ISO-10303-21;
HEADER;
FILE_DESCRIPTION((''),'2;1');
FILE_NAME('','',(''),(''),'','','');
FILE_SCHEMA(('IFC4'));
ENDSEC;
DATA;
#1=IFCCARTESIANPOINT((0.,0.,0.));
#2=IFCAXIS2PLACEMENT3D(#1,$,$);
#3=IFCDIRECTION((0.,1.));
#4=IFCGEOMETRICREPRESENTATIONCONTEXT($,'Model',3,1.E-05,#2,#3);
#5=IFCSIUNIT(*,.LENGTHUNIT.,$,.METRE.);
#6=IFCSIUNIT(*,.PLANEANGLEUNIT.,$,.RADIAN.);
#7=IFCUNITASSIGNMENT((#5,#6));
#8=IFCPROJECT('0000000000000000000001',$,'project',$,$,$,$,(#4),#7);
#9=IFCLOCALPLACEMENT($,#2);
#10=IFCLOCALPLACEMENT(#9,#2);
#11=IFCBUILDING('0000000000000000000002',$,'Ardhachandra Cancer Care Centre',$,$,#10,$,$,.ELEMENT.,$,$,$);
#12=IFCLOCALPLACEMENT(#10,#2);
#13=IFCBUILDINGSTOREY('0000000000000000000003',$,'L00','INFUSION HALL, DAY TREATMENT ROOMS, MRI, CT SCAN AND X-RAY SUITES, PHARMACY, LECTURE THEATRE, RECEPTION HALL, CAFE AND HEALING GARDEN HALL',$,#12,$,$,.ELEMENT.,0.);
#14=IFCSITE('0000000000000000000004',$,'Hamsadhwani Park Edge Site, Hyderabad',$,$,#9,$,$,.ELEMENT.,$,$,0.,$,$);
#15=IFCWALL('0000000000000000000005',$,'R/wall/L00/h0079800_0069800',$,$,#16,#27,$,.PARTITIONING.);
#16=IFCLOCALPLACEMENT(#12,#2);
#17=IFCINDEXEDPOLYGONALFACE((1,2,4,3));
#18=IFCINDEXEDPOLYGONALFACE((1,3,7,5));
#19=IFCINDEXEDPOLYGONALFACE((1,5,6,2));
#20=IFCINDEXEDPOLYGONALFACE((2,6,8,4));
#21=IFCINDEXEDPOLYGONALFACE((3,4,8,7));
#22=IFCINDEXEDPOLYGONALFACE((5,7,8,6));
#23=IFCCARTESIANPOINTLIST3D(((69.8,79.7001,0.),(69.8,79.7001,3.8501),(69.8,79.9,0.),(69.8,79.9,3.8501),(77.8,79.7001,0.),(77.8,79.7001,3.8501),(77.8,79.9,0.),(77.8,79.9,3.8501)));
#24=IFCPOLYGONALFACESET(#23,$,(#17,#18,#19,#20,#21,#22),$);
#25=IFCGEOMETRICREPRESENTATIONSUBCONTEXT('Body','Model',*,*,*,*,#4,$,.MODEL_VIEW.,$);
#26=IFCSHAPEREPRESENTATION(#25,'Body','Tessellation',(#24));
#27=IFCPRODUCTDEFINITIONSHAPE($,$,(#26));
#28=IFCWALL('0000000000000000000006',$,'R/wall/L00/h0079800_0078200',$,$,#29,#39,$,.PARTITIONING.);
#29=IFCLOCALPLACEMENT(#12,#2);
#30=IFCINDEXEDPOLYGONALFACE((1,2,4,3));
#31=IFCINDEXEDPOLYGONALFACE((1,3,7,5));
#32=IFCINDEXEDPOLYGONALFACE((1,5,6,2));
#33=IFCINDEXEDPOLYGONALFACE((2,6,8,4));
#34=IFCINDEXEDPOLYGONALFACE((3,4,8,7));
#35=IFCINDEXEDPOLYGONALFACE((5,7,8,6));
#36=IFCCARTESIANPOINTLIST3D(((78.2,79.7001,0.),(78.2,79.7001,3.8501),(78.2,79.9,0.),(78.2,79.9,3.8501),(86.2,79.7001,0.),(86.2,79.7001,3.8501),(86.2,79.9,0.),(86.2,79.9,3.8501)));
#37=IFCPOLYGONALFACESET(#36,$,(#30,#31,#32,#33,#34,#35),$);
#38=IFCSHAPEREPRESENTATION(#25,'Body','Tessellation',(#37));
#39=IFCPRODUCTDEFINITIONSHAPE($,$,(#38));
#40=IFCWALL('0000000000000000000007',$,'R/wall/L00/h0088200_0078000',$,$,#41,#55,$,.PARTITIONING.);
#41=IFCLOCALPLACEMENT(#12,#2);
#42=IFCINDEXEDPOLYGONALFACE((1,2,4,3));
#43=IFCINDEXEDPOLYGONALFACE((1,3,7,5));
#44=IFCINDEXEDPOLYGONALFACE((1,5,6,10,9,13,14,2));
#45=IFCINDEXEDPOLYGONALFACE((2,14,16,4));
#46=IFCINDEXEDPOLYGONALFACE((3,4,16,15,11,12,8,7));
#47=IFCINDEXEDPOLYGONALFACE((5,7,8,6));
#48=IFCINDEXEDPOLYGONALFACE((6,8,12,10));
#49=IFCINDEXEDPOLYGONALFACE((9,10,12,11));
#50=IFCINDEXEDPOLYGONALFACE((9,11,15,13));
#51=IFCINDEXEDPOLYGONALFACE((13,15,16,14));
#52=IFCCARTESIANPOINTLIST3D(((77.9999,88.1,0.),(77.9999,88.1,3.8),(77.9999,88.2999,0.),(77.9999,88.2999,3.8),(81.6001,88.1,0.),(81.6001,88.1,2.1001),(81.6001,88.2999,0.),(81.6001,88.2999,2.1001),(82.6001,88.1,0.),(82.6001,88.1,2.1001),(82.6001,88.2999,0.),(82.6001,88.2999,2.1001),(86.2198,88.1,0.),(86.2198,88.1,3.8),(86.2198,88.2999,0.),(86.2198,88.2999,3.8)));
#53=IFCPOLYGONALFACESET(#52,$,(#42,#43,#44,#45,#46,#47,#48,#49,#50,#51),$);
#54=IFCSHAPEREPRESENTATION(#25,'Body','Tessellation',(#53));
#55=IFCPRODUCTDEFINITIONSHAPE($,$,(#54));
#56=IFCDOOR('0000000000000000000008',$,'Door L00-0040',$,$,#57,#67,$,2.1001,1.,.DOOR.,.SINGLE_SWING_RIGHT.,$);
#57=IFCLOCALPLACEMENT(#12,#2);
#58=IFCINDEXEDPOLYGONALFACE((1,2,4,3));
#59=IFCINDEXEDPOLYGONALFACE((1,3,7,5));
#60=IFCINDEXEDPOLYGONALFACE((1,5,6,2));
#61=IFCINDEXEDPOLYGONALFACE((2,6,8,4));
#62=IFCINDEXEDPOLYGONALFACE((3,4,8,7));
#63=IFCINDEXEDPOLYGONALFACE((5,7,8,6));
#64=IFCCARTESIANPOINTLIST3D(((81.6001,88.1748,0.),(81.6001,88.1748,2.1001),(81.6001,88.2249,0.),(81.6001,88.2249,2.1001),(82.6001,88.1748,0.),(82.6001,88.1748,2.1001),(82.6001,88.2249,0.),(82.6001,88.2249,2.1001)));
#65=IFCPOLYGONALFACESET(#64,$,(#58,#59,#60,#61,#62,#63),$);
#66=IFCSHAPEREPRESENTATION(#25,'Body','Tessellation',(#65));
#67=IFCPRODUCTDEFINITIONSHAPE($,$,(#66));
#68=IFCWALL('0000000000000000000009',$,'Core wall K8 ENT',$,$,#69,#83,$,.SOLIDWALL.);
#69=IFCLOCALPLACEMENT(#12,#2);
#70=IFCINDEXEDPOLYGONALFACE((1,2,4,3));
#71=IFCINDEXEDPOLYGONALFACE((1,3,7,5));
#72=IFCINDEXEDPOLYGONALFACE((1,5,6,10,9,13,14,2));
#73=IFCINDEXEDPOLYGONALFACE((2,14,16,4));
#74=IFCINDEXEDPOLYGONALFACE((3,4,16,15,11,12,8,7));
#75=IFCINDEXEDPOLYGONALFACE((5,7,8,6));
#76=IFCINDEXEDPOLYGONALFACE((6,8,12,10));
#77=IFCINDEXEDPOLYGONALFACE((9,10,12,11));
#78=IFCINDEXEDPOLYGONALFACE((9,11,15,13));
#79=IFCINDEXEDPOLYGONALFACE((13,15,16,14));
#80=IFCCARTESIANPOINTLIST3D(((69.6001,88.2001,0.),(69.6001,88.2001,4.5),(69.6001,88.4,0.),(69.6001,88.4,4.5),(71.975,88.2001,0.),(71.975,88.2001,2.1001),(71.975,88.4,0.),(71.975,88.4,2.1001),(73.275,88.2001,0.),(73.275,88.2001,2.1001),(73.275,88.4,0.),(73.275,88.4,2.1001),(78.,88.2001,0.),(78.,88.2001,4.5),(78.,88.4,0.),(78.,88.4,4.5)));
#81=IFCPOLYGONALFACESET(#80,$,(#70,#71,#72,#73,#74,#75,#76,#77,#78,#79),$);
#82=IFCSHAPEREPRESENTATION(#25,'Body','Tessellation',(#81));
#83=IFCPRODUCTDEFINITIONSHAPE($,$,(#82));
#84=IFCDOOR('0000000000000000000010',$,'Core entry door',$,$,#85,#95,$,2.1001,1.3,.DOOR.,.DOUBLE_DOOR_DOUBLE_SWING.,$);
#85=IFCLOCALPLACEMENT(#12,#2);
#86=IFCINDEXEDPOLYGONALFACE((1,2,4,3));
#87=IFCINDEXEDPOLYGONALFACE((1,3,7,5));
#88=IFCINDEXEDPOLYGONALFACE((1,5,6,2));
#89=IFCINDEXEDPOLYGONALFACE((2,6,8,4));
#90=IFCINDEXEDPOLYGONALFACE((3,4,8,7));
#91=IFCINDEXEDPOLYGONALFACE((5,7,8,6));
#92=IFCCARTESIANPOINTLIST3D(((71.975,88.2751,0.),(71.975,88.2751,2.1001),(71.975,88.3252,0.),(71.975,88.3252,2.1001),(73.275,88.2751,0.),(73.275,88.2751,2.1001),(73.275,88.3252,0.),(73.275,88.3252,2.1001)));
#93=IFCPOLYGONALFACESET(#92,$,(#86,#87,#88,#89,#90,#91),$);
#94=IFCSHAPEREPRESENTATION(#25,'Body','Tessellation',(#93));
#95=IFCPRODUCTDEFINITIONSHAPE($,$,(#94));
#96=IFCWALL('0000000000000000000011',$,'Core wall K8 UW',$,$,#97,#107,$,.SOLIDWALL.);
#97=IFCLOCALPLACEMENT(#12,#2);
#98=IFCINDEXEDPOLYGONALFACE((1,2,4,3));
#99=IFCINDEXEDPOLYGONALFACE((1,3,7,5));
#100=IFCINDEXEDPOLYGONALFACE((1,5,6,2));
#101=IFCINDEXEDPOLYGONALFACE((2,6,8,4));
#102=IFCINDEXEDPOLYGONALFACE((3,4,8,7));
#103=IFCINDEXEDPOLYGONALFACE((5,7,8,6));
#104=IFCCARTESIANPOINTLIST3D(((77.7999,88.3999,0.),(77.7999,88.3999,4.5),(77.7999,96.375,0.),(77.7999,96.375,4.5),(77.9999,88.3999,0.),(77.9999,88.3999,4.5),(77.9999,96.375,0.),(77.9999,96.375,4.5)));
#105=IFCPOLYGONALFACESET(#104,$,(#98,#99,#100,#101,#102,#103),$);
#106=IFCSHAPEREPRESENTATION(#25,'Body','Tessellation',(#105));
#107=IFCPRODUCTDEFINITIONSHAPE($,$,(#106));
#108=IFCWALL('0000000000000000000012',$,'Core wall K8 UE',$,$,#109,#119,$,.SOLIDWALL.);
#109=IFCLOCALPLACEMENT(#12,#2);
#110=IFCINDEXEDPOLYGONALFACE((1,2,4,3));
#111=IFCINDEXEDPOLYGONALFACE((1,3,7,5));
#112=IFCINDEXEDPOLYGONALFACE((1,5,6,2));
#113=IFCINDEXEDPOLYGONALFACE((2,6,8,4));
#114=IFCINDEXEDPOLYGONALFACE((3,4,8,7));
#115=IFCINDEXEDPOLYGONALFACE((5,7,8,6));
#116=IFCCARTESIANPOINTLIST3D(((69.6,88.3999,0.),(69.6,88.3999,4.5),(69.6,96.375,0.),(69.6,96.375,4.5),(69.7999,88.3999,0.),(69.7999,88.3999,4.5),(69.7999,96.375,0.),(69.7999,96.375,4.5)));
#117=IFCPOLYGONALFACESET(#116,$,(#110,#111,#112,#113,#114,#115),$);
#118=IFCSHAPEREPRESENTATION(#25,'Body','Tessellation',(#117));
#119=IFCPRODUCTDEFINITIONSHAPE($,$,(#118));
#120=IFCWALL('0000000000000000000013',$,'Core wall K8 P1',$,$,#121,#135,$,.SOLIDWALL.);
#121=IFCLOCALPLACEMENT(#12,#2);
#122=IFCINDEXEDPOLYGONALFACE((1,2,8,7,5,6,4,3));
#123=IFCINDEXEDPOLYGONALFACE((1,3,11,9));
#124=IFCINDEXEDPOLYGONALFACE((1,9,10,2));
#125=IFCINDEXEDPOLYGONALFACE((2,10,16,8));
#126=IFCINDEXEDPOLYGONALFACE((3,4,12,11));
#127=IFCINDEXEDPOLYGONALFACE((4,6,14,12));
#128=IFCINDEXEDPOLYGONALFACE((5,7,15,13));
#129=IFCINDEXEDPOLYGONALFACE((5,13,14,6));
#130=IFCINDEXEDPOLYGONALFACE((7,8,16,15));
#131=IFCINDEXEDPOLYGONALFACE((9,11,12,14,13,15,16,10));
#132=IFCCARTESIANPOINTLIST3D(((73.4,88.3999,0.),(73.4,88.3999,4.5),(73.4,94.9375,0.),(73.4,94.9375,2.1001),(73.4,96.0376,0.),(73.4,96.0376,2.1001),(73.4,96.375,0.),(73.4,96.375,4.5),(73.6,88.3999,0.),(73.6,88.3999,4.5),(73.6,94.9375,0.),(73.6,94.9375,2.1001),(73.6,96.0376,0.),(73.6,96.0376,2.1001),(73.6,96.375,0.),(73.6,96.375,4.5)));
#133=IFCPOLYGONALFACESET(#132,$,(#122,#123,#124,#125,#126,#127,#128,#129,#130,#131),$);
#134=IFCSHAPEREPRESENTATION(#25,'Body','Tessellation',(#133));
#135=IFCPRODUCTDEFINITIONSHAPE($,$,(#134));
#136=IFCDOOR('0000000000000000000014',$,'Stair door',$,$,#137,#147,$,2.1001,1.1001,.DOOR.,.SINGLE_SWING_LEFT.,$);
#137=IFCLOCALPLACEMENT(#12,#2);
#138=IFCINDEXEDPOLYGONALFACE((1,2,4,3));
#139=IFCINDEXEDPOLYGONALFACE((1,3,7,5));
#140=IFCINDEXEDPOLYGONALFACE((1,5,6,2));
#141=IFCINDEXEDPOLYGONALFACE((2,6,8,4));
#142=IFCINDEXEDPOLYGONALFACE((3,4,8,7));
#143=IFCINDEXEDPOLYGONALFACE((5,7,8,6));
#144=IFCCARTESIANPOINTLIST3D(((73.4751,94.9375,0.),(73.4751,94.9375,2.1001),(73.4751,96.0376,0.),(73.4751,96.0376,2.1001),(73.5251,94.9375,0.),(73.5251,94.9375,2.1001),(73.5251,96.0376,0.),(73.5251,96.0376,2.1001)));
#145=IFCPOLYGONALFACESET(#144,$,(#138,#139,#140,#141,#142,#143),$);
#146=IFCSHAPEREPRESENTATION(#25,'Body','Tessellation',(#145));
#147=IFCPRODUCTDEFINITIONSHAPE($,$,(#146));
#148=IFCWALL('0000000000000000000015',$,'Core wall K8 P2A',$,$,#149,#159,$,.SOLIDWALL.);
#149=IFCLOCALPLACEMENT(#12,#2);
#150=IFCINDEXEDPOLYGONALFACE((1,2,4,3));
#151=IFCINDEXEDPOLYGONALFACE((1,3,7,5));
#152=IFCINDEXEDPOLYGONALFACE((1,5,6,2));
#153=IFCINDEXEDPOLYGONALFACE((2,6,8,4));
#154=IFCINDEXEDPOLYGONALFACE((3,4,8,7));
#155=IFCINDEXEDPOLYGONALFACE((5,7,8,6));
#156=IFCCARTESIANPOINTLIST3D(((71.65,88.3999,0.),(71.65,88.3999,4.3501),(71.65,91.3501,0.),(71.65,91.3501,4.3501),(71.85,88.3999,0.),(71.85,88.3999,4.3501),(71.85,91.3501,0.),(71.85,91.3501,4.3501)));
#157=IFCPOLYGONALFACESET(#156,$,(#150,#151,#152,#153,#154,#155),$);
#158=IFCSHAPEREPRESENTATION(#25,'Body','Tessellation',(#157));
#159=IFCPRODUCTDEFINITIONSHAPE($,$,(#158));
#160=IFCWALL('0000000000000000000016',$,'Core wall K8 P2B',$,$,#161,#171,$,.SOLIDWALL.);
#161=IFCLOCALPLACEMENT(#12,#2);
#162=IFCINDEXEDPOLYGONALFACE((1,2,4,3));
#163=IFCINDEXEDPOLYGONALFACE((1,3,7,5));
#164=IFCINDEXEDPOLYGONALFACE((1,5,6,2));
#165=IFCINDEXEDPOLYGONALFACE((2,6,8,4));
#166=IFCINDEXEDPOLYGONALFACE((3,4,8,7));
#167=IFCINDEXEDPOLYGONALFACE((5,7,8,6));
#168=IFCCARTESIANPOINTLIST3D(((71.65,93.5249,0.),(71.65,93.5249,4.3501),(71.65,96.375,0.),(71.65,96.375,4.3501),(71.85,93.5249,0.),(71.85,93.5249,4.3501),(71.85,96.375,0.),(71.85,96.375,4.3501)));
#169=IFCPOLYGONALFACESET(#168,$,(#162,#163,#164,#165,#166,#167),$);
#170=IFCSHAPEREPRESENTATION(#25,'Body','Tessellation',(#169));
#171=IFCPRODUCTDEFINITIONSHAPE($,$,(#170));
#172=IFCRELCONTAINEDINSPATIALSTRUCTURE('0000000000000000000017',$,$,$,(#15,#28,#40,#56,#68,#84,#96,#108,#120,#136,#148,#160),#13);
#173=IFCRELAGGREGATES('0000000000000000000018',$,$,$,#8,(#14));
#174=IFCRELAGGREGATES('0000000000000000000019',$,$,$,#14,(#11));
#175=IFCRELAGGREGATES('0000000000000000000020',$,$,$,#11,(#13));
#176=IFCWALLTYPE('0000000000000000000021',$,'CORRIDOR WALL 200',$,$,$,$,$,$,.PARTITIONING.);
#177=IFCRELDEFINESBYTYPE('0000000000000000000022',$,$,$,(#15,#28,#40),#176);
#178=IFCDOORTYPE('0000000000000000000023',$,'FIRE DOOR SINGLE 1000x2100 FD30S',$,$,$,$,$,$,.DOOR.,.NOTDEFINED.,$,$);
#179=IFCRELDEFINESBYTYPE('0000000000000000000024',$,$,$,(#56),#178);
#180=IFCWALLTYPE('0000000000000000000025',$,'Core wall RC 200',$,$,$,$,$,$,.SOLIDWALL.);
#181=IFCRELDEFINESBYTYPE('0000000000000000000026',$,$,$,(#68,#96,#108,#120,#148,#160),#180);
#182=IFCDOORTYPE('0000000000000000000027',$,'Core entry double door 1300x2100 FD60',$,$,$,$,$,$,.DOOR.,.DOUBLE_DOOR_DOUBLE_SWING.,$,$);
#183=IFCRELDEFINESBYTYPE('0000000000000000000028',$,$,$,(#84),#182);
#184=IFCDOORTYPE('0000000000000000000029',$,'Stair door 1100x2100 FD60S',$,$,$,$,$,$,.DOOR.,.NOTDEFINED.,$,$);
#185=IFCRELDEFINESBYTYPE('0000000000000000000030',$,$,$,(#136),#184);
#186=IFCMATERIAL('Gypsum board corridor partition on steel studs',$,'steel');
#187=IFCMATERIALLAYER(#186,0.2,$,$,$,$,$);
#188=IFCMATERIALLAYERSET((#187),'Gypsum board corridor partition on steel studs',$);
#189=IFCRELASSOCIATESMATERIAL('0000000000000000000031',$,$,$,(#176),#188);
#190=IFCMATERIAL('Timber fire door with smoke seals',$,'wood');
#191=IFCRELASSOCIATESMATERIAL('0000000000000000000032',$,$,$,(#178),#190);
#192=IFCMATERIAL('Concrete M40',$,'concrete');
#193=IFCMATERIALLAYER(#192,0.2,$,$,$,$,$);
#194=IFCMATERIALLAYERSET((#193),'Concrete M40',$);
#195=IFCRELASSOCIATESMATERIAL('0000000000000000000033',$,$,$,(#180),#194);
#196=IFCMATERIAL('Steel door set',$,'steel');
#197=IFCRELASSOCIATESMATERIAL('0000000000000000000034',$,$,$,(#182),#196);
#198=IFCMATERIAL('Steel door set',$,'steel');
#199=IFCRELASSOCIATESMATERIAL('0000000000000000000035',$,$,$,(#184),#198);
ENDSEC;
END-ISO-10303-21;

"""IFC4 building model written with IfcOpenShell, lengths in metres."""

from ifc_helpers import new_model, si_unit, direction, frame, frame_2d, origin, place, context, subcontext, project, spatial, rectangle, extrude, material, layer, layer_set, type_object, element, fill, save


model = new_model("IFC4")

# Units and contexts
model_context = context("Model", 3, precision=1e-05, world=origin(), true_north=direction((0.0, 1.0)))
body_context = subcontext(model_context, "Body", "Model", "MODEL_VIEW")
ifc_project = project(units=[si_unit("LENGTHUNIT", "METRE"), si_unit("PLANEANGLEUNIT", "RADIAN")], contexts=[model_context])

# Site, building, storey
site_placement = place(None, origin())
site = spatial("IfcSite", under=ifc_project, at=site_placement, Name="Hamsadhwani Park Edge Site, Hyderabad", CompositionType="ELEMENT", RefElevation=0.0)
building_placement = place(site_placement, origin())
building = spatial("IfcBuilding", under=site, at=building_placement, Name="Ardhachandra Cancer Care Centre", CompositionType="ELEMENT")
storey_placement = place(building_placement, origin())
storey = spatial("IfcBuildingStorey", under=building, at=storey_placement, Name="L00", Description="INFUSION HALL, DAY TREATMENT ROOMS, MRI, CT SCAN AND X-RAY SUITES, PHARMACY, LECTURE THEATRE, RECEPTION HALL, CAFE AND HEALING GARDEN HALL", CompositionType="ELEMENT", Elevation=0.0)

# Walls
ifc_material_1 = material(Name="Gypsum board corridor partition on steel studs", Category="steel")
ifc_layer_1 = layer(ifc_material_1, 0.2)
ifc_layer_set_1 = layer_set([ifc_layer_1], Name="Gypsum board corridor partition on steel studs")
wall_type_1 = type_object("IfcWallType", Name="CORRIDOR WALL 200", PredefinedType="PARTITIONING", material=ifc_layer_set_1)
for number, where, z_axis, x_axis, name in (
    (1, (69.8, 79.8, 0.0), (0.0, 0.0, 1.0), (1.0, 0.0, 0.0), "R/wall/L00/h0079800_0069800"),
    (2, (78.2, 79.8, 0.0), (0.0, 0.0, 1.0), (1.0, 0.0, 0.0), "R/wall/L00/h0079800_0078200"),
):
    element("IfcWall", number, at=place(storey_placement, frame(where, z_axis=z_axis, x_axis=x_axis)), inside=storey, type_object=wall_type_1, Name=name, PredefinedType="PARTITIONING", context=body_context, shape_type="SweptSolid", body=[
        extrude(rectangle(XDim=8.0, YDim=0.2, at=frame_2d((4.0, 0.0))), origin(), (0.0, 0.0, 1.0), 3.8501),
    ])

# Walls, openings, doors
wall_1_placement = place(storey_placement, frame((78.0, 88.2, 0.0), z_axis=(0.0, 0.0, 1.0), x_axis=(1.0, 0.0, 0.0)))
wall_1 = element("IfcWall", 3, at=wall_1_placement, inside=storey, type_object=wall_type_1, Name="R/wall/L00/h0088200_0078000", PredefinedType="PARTITIONING", context=body_context, shape_type="SweptSolid", body=[
    extrude(rectangle(XDim=8.22, YDim=0.2, at=frame_2d((4.1099, 0.0))), origin(), (0.0, 0.0, 1.0), 3.8),
])
opening_1_placement = place(wall_1_placement, frame((3.6001, 0.0, 0.0)))
opening_1 = element("IfcOpeningElement", 4, at=opening_1_placement, cuts=wall_1, PredefinedType="OPENING", context=body_context, shape_type="SweptSolid", body=[
    extrude(rectangle(XDim=1.0, YDim=2.1001, at=frame_2d((0.5, 1.05))), frame((0.0, 0.1099, 0.0), z_axis=(0.0, -1.0, 0.0), x_axis=(1.0, 0.0, 0.0)), (0.0, 0.0, 1.0), 0.22),
])
ifc_material_2 = material(Name="Timber fire door with smoke seals", Category="wood")
door_type_1 = type_object("IfcDoorType", Name="FIRE DOOR SINGLE 1000x2100 FD30S", OperationType="NOTDEFINED", PredefinedType="DOOR", material=ifc_material_2)
door_1_placement = place(opening_1_placement, origin())
door_1 = element("IfcDoor", 5, at=door_1_placement, inside=storey, type_object=door_type_1, Name="Door L00-0040", OperationType="SINGLE_SWING_RIGHT", OverallHeight=2.1001, OverallWidth=1.0, PredefinedType="DOOR", context=body_context, shape_type="SweptSolid", body=[
    extrude(rectangle(XDim=1.0, YDim=2.1001, at=frame_2d((0.5, 1.05))), frame((0.0, 0.0249, 0.0), z_axis=(0.0, -1.0, 0.0), x_axis=(1.0, 0.0, 0.0)), (0.0, 0.0, 1.0), 0.05),
])
fill(opening_1, door_1)
ifc_material_3 = material(Name="Concrete M40", Category="concrete")
ifc_layer_2 = layer(ifc_material_3, 0.2)
ifc_layer_set_2 = layer_set([ifc_layer_2], Name="Concrete M40")
wall_type_2 = type_object("IfcWallType", Name="Core wall RC 200", PredefinedType="SOLIDWALL", material=ifc_layer_set_2)
wall_2_placement = place(storey_placement, frame((78.0, 88.3, 0.0), z_axis=(0.0, 0.0, 1.0), x_axis=(-1.0, 0.0, 0.0)))
wall_2 = element("IfcWall", 6, at=wall_2_placement, inside=storey, type_object=wall_type_2, Name="Core wall K8 ENT", PredefinedType="SOLIDWALL", context=body_context, shape_type="SweptSolid", body=[
    extrude(rectangle(XDim=8.3999, YDim=0.2, at=frame_2d((4.2, 0.0))), origin(), (0.0, 0.0, 1.0), 4.5),
])
opening_2_placement = place(wall_2_placement, frame((4.7251, 0.0, 0.0)))
opening_2 = element("IfcOpeningElement", 7, at=opening_2_placement, cuts=wall_2, PredefinedType="OPENING", context=body_context, shape_type="SweptSolid", body=[
    extrude(rectangle(XDim=1.3, YDim=2.1001, at=frame_2d((0.6499, 1.05))), frame((0.0, 0.1099, 0.0), z_axis=(0.0, -1.0, 0.0), x_axis=(1.0, 0.0, 0.0)), (0.0, 0.0, 1.0), 0.22),
])
ifc_material_4 = material(Name="Steel door set", Category="steel")
door_type_2 = type_object("IfcDoorType", Name="Core entry double door 1300x2100 FD60", OperationType="DOUBLE_DOOR_DOUBLE_SWING", PredefinedType="DOOR", material=ifc_material_4)
door_2_placement = place(opening_2_placement, origin())
door_2 = element("IfcDoor", 8, at=door_2_placement, inside=storey, type_object=door_type_2, Name="Core entry door", OperationType="DOUBLE_DOOR_DOUBLE_SWING", OverallHeight=2.1001, OverallWidth=1.3, PredefinedType="DOOR", context=body_context, shape_type="SweptSolid", body=[
    extrude(rectangle(XDim=1.3, YDim=2.1001, at=frame_2d((0.6499, 1.05))), frame((0.0, 0.0249, 0.0), z_axis=(0.0, -1.0, 0.0), x_axis=(1.0, 0.0, 0.0)), (0.0, 0.0, 1.0), 0.05),
])
fill(opening_2, door_2)

# Walls
for number, where, z_axis, x_axis, name in (
    (9, (77.8999, 88.3999, 0.0), (0.0, 0.0, 1.0), (0.0, 1.0, 0.0), "Core wall K8 UW"),
    (10, (69.7, 88.3999, 0.0), (0.0, 0.0, 1.0), (0.0, 1.0, 0.0), "Core wall K8 UE"),
):
    element("IfcWall", number, at=place(storey_placement, frame(where, z_axis=z_axis, x_axis=x_axis)), inside=storey, type_object=wall_type_2, Name=name, PredefinedType="SOLIDWALL", context=body_context, shape_type="SweptSolid", body=[
        extrude(rectangle(XDim=7.9751, YDim=0.2, at=frame_2d((3.9875, 0.0))), origin(), (0.0, 0.0, 1.0), 4.5),
    ])

# Wall, opening, door
wall_3_placement = place(storey_placement, frame((73.5, 88.3999, 0.0), z_axis=(0.0, 0.0, 1.0), x_axis=(0.0, 1.0, 0.0)))
wall_3 = element("IfcWall", 11, at=wall_3_placement, inside=storey, type_object=wall_type_2, Name="Core wall K8 P1", PredefinedType="SOLIDWALL", context=body_context, shape_type="SweptSolid", body=[
    extrude(rectangle(XDim=7.9751, YDim=0.2, at=frame_2d((3.9875, 0.0))), origin(), (0.0, 0.0, 1.0), 4.5),
])
opening_3_placement = place(wall_3_placement, frame((6.5376, 0.0, 0.0)))
opening_3 = element("IfcOpeningElement", 12, at=opening_3_placement, cuts=wall_3, PredefinedType="OPENING", context=body_context, shape_type="SweptSolid", body=[
    extrude(rectangle(XDim=1.1001, YDim=2.1001, at=frame_2d((0.55, 1.05))), frame((0.0, 0.1099, 0.0), z_axis=(0.0, -1.0, 0.0), x_axis=(1.0, 0.0, 0.0)), (0.0, 0.0, 1.0), 0.22),
])
ifc_material_5 = material(Name="Steel door set", Category="steel")
door_type_3 = type_object("IfcDoorType", Name="Stair door 1100x2100 FD60S", OperationType="NOTDEFINED", PredefinedType="DOOR", material=ifc_material_5)
door_3_placement = place(opening_3_placement, origin())
door_3 = element("IfcDoor", 13, at=door_3_placement, inside=storey, type_object=door_type_3, Name="Stair door", OperationType="SINGLE_SWING_LEFT", OverallHeight=2.1001, OverallWidth=1.1001, PredefinedType="DOOR", context=body_context, shape_type="SweptSolid", body=[
    extrude(rectangle(XDim=1.1001, YDim=2.1001, at=frame_2d((0.55, 1.05))), frame((0.0, 0.0249, 0.0), z_axis=(0.0, -1.0, 0.0), x_axis=(1.0, 0.0, 0.0)), (0.0, 0.0, 1.0), 0.05),
])
fill(opening_3, door_3)

# Walls
wall_4_placement = place(storey_placement, frame((71.75, 88.3999, 0.0), z_axis=(0.0, 0.0, 1.0), x_axis=(0.0, 1.0, 0.0)))
element("IfcWall", 14, at=wall_4_placement, inside=storey, type_object=wall_type_2, Name="Core wall K8 P2A", PredefinedType="SOLIDWALL", context=body_context, shape_type="SweptSolid", body=[
    extrude(rectangle(XDim=2.9502, YDim=0.2, at=frame_2d((1.4751, 0.0))), origin(), (0.0, 0.0, 1.0), 4.3501),
])
wall_5_placement = place(storey_placement, frame((71.75, 93.5249, 0.0), z_axis=(0.0, 0.0, 1.0), x_axis=(0.0, 1.0, 0.0)))
element("IfcWall", 15, at=wall_5_placement, inside=storey, type_object=wall_type_2, Name="Core wall K8 P2B", PredefinedType="SOLIDWALL", context=body_context, shape_type="SweptSolid", body=[
    extrude(rectangle(XDim=2.8501, YDim=0.2, at=frame_2d((1.425, 0.0))), origin(), (0.0, 0.0, 1.0), 4.3501),
])

save(model, "model.ifc")
